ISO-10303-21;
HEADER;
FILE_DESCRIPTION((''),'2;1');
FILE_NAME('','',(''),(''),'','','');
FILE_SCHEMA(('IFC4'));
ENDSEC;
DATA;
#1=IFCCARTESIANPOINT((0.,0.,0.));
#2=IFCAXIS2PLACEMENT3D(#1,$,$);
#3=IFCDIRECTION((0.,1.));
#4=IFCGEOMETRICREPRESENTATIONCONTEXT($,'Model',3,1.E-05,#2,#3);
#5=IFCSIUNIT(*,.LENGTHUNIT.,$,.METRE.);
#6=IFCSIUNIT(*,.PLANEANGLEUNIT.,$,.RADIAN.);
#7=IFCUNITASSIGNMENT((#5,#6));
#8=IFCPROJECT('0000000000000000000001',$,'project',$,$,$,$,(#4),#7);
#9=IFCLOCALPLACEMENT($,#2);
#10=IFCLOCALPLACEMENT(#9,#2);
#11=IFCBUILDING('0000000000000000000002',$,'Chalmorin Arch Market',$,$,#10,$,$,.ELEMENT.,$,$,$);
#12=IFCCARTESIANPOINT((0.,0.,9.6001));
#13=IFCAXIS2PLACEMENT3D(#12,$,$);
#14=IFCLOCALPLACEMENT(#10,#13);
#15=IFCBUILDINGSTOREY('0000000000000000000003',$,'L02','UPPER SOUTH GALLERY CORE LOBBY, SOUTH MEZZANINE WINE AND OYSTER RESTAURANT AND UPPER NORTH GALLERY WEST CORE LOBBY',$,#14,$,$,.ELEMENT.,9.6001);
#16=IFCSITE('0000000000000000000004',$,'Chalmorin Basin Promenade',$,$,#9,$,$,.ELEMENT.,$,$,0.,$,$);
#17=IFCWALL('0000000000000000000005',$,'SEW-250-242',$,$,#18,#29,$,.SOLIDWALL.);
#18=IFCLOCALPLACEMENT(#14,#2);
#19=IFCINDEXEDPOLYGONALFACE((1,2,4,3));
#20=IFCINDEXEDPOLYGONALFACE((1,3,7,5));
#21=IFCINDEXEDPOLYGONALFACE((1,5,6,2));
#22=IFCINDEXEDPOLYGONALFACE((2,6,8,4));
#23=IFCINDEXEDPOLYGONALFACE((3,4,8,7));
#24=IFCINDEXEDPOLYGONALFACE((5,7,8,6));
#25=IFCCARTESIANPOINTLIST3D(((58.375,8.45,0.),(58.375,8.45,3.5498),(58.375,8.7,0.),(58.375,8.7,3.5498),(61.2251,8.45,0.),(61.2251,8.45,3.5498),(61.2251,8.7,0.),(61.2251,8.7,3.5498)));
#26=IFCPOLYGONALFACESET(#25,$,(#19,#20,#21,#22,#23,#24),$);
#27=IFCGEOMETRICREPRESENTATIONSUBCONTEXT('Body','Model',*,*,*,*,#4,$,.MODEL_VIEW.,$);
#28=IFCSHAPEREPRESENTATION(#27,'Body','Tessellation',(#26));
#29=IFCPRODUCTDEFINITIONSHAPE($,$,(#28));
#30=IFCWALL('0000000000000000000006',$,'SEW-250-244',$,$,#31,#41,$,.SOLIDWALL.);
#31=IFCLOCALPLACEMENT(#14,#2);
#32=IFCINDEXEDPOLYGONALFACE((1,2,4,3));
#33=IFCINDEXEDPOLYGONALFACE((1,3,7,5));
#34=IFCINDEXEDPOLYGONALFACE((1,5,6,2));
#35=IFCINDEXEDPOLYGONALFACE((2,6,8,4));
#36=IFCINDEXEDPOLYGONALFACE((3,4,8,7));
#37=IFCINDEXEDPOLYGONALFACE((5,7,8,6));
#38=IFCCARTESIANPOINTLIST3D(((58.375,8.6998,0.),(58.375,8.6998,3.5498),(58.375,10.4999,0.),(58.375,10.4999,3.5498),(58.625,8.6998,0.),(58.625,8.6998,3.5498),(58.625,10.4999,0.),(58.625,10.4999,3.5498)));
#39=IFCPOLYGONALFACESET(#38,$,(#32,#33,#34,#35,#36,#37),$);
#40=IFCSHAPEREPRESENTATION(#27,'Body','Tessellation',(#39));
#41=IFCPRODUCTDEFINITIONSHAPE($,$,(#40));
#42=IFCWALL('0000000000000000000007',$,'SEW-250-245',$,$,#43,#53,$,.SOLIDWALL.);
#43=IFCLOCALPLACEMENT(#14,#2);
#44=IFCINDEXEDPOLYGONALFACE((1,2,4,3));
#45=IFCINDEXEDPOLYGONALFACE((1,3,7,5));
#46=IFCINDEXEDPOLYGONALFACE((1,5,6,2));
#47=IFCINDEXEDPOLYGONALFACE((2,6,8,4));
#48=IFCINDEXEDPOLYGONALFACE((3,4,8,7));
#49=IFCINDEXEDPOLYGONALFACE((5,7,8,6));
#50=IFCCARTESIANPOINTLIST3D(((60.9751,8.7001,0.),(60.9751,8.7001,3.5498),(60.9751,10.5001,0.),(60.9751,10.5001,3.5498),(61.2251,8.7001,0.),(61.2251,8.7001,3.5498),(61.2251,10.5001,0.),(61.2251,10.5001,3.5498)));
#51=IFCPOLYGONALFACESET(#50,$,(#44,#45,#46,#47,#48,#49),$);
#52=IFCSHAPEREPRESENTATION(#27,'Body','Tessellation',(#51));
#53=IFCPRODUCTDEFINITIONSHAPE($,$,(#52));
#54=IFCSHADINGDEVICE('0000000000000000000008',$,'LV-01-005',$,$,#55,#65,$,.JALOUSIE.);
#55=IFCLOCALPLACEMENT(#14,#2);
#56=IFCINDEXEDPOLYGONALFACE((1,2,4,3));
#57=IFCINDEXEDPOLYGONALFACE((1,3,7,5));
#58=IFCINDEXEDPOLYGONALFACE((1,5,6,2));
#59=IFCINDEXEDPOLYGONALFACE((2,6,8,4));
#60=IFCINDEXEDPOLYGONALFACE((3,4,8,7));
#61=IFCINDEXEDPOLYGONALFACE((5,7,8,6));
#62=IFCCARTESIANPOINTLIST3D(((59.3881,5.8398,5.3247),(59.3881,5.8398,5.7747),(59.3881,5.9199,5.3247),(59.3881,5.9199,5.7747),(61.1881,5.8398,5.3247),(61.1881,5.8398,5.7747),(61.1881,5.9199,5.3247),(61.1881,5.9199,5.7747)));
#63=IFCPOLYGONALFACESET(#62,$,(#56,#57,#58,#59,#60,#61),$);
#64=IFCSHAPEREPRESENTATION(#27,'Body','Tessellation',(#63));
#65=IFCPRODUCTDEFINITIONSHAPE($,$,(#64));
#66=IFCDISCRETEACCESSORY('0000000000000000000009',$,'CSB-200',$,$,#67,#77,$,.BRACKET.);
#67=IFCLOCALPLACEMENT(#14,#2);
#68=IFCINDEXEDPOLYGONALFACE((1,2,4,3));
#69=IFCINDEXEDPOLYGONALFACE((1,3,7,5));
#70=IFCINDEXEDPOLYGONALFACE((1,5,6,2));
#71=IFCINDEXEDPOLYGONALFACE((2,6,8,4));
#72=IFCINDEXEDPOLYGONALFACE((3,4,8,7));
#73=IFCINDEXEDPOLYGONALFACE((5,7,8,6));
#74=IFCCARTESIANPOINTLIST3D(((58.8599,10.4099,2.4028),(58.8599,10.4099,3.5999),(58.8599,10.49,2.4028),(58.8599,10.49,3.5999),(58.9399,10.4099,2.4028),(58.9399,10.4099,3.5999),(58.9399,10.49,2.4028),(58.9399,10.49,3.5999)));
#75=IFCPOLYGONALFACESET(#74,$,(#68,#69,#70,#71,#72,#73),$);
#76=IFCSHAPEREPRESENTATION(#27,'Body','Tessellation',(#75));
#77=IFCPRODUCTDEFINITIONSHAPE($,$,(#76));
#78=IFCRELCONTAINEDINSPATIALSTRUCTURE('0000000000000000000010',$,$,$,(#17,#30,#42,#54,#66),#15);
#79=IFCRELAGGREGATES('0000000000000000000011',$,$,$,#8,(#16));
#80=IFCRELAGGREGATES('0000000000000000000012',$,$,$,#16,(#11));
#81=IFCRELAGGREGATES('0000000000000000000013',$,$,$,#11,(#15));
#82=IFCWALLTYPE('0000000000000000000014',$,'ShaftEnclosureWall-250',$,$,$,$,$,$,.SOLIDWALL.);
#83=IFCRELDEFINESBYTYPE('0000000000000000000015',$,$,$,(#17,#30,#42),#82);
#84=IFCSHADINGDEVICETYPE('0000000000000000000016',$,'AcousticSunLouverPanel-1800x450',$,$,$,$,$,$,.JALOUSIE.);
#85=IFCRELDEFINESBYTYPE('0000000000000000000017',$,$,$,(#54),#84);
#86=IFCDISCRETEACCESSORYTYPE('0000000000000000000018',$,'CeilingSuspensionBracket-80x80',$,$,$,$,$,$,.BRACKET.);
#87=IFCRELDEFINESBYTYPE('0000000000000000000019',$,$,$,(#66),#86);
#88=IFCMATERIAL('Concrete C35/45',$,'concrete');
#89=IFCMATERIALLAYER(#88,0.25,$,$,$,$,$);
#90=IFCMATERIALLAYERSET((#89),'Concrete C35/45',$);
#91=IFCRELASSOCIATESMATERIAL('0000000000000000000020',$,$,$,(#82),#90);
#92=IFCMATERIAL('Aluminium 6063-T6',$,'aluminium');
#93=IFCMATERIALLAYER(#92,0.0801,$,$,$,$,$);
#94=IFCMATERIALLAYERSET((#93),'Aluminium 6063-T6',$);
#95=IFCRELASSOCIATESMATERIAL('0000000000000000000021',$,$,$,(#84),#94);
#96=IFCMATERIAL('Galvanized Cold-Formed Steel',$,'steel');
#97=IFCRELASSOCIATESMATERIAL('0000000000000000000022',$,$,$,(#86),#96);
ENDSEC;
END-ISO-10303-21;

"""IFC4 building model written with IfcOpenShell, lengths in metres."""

from ifc_helpers import new_model, si_unit, direction, frame, frame_2d, origin, origin_2d, place, context, subcontext, project, spatial, rectangle, extrude, material, layer, layer_set, type_object, element, save


model = new_model("IFC4")

# Units and contexts
model_context = context("Model", 3, precision=1e-05, world=origin(), true_north=direction((0.0, 1.0)))
body_context = subcontext(model_context, "Body", "Model", "MODEL_VIEW")
ifc_project = project(units=[si_unit("LENGTHUNIT", "METRE"), si_unit("PLANEANGLEUNIT", "RADIAN")], contexts=[model_context])

# Site, building, storey
site_placement = place(None, origin())
site = spatial("IfcSite", under=ifc_project, at=site_placement, Name="Chalmorin Basin Promenade", CompositionType="ELEMENT", RefElevation=0.0)
building_placement = place(site_placement, origin())
building = spatial("IfcBuilding", under=site, at=building_placement, Name="Chalmorin Arch Market", CompositionType="ELEMENT")
storey_placement = place(building_placement, frame((0.0, 0.0, 9.6001)))
storey = spatial("IfcBuildingStorey", under=building, at=storey_placement, Name="L02", Description="UPPER SOUTH GALLERY CORE LOBBY, SOUTH MEZZANINE WINE AND OYSTER RESTAURANT AND UPPER NORTH GALLERY WEST CORE LOBBY", CompositionType="ELEMENT", Elevation=9.6001)

# Shared definitions
ifc_material_1 = material(Name="Aluminium 6063-T6", Category="aluminium")

# Wall
ifc_material_2 = material(Name="Concrete C35/45", Category="concrete")
ifc_layer_1 = layer(ifc_material_2, 0.25)
ifc_layer_set_1 = layer_set([ifc_layer_1], Name="Concrete C35/45")
wall_type_1 = type_object("IfcWallType", Name="ShaftEnclosureWall-250", PredefinedType="SOLIDWALL", material=ifc_layer_set_1)
wall_1_placement = place(storey_placement, frame((61.2251, 8.575, 0.0), z_axis=(0.0, 0.0, 1.0), x_axis=(-1.0, 0.0, 0.0)))
element("IfcWall", 1, at=wall_1_placement, inside=storey, type_object=wall_type_1, Name="SEW-250-242", PredefinedType="SOLIDWALL", context=body_context, shape_type="SweptSolid", body=[
    extrude(rectangle(XDim=2.8501, YDim=0.25, at=frame_2d((1.425, 0.0))), origin(), (0.0, 0.0, 1.0), 3.5498),
])

# Walls
for number, where, z_axis, x_axis, name in (
    (2, (58.5, 8.7, 0.0), (0.0, 0.0, 1.0), (0.0, 1.0, 0.0), "SEW-250-244"),
    (3, (61.1001, 10.5, 0.0), (0.0, 0.0, 1.0), (0.0, -1.0, 0.0), "SEW-250-245"),
):
    element("IfcWall", number, at=place(storey_placement, frame(where, z_axis=z_axis, x_axis=x_axis)), inside=storey, type_object=wall_type_1, Name=name, PredefinedType="SOLIDWALL", context=body_context, shape_type="SweptSolid", body=[
        extrude(rectangle(XDim=1.8, YDim=0.25, at=frame_2d((0.8999, 0.0))), origin(), (0.0, 0.0, 1.0), 3.5498),
    ])

# Shading device
ifc_layer_2 = layer(ifc_material_1, 0.0801)
ifc_layer_set_2 = layer_set([ifc_layer_2], Name="Aluminium 6063-T6")
shading_device_type = type_object("IfcShadingDeviceType", Name="AcousticSunLouverPanel-1800x450", PredefinedType="JALOUSIE", material=ifc_layer_set_2)
shading_device_placement = place(storey_placement, frame((60.2881, 5.8799, 5.3247), z_axis=(0.0, 0.0, 1.0), x_axis=(1.0, 0.0, 0.0)))
element("IfcShadingDevice", 4, at=shading_device_placement, inside=storey, type_object=shading_device_type, Name="LV-01-005", PredefinedType="JALOUSIE", context=body_context, shape_type="SweptSolid", body=[
    extrude(rectangle(XDim=1.8, YDim=0.0801, at=origin_2d()), origin(), (0.0, 0.0, 1.0), 0.45),
])

# Discrete accessory
ifc_material_3 = material(Name="Galvanized Cold-Formed Steel", Category="steel")
discrete_accessory_type = type_object("IfcDiscreteAccessoryType", Name="CeilingSuspensionBracket-80x80", PredefinedType="BRACKET", material=ifc_material_3)
discrete_accessory_placement = place(storey_placement, frame((58.8999, 10.45, 2.4028), z_axis=(0.0, 0.0, 1.0), x_axis=(1.0, 0.0, 0.0)))
element("IfcDiscreteAccessory", 5, at=discrete_accessory_placement, inside=storey, type_object=discrete_accessory_type, Name="CSB-200", PredefinedType="BRACKET", context=body_context, shape_type="SweptSolid", body=[
    extrude(rectangle(XDim=0.0801, YDim=0.0801, at=origin_2d()), origin(), (0.0, 0.0, 1.0), 1.197),
])

save(model, "model.ifc")
